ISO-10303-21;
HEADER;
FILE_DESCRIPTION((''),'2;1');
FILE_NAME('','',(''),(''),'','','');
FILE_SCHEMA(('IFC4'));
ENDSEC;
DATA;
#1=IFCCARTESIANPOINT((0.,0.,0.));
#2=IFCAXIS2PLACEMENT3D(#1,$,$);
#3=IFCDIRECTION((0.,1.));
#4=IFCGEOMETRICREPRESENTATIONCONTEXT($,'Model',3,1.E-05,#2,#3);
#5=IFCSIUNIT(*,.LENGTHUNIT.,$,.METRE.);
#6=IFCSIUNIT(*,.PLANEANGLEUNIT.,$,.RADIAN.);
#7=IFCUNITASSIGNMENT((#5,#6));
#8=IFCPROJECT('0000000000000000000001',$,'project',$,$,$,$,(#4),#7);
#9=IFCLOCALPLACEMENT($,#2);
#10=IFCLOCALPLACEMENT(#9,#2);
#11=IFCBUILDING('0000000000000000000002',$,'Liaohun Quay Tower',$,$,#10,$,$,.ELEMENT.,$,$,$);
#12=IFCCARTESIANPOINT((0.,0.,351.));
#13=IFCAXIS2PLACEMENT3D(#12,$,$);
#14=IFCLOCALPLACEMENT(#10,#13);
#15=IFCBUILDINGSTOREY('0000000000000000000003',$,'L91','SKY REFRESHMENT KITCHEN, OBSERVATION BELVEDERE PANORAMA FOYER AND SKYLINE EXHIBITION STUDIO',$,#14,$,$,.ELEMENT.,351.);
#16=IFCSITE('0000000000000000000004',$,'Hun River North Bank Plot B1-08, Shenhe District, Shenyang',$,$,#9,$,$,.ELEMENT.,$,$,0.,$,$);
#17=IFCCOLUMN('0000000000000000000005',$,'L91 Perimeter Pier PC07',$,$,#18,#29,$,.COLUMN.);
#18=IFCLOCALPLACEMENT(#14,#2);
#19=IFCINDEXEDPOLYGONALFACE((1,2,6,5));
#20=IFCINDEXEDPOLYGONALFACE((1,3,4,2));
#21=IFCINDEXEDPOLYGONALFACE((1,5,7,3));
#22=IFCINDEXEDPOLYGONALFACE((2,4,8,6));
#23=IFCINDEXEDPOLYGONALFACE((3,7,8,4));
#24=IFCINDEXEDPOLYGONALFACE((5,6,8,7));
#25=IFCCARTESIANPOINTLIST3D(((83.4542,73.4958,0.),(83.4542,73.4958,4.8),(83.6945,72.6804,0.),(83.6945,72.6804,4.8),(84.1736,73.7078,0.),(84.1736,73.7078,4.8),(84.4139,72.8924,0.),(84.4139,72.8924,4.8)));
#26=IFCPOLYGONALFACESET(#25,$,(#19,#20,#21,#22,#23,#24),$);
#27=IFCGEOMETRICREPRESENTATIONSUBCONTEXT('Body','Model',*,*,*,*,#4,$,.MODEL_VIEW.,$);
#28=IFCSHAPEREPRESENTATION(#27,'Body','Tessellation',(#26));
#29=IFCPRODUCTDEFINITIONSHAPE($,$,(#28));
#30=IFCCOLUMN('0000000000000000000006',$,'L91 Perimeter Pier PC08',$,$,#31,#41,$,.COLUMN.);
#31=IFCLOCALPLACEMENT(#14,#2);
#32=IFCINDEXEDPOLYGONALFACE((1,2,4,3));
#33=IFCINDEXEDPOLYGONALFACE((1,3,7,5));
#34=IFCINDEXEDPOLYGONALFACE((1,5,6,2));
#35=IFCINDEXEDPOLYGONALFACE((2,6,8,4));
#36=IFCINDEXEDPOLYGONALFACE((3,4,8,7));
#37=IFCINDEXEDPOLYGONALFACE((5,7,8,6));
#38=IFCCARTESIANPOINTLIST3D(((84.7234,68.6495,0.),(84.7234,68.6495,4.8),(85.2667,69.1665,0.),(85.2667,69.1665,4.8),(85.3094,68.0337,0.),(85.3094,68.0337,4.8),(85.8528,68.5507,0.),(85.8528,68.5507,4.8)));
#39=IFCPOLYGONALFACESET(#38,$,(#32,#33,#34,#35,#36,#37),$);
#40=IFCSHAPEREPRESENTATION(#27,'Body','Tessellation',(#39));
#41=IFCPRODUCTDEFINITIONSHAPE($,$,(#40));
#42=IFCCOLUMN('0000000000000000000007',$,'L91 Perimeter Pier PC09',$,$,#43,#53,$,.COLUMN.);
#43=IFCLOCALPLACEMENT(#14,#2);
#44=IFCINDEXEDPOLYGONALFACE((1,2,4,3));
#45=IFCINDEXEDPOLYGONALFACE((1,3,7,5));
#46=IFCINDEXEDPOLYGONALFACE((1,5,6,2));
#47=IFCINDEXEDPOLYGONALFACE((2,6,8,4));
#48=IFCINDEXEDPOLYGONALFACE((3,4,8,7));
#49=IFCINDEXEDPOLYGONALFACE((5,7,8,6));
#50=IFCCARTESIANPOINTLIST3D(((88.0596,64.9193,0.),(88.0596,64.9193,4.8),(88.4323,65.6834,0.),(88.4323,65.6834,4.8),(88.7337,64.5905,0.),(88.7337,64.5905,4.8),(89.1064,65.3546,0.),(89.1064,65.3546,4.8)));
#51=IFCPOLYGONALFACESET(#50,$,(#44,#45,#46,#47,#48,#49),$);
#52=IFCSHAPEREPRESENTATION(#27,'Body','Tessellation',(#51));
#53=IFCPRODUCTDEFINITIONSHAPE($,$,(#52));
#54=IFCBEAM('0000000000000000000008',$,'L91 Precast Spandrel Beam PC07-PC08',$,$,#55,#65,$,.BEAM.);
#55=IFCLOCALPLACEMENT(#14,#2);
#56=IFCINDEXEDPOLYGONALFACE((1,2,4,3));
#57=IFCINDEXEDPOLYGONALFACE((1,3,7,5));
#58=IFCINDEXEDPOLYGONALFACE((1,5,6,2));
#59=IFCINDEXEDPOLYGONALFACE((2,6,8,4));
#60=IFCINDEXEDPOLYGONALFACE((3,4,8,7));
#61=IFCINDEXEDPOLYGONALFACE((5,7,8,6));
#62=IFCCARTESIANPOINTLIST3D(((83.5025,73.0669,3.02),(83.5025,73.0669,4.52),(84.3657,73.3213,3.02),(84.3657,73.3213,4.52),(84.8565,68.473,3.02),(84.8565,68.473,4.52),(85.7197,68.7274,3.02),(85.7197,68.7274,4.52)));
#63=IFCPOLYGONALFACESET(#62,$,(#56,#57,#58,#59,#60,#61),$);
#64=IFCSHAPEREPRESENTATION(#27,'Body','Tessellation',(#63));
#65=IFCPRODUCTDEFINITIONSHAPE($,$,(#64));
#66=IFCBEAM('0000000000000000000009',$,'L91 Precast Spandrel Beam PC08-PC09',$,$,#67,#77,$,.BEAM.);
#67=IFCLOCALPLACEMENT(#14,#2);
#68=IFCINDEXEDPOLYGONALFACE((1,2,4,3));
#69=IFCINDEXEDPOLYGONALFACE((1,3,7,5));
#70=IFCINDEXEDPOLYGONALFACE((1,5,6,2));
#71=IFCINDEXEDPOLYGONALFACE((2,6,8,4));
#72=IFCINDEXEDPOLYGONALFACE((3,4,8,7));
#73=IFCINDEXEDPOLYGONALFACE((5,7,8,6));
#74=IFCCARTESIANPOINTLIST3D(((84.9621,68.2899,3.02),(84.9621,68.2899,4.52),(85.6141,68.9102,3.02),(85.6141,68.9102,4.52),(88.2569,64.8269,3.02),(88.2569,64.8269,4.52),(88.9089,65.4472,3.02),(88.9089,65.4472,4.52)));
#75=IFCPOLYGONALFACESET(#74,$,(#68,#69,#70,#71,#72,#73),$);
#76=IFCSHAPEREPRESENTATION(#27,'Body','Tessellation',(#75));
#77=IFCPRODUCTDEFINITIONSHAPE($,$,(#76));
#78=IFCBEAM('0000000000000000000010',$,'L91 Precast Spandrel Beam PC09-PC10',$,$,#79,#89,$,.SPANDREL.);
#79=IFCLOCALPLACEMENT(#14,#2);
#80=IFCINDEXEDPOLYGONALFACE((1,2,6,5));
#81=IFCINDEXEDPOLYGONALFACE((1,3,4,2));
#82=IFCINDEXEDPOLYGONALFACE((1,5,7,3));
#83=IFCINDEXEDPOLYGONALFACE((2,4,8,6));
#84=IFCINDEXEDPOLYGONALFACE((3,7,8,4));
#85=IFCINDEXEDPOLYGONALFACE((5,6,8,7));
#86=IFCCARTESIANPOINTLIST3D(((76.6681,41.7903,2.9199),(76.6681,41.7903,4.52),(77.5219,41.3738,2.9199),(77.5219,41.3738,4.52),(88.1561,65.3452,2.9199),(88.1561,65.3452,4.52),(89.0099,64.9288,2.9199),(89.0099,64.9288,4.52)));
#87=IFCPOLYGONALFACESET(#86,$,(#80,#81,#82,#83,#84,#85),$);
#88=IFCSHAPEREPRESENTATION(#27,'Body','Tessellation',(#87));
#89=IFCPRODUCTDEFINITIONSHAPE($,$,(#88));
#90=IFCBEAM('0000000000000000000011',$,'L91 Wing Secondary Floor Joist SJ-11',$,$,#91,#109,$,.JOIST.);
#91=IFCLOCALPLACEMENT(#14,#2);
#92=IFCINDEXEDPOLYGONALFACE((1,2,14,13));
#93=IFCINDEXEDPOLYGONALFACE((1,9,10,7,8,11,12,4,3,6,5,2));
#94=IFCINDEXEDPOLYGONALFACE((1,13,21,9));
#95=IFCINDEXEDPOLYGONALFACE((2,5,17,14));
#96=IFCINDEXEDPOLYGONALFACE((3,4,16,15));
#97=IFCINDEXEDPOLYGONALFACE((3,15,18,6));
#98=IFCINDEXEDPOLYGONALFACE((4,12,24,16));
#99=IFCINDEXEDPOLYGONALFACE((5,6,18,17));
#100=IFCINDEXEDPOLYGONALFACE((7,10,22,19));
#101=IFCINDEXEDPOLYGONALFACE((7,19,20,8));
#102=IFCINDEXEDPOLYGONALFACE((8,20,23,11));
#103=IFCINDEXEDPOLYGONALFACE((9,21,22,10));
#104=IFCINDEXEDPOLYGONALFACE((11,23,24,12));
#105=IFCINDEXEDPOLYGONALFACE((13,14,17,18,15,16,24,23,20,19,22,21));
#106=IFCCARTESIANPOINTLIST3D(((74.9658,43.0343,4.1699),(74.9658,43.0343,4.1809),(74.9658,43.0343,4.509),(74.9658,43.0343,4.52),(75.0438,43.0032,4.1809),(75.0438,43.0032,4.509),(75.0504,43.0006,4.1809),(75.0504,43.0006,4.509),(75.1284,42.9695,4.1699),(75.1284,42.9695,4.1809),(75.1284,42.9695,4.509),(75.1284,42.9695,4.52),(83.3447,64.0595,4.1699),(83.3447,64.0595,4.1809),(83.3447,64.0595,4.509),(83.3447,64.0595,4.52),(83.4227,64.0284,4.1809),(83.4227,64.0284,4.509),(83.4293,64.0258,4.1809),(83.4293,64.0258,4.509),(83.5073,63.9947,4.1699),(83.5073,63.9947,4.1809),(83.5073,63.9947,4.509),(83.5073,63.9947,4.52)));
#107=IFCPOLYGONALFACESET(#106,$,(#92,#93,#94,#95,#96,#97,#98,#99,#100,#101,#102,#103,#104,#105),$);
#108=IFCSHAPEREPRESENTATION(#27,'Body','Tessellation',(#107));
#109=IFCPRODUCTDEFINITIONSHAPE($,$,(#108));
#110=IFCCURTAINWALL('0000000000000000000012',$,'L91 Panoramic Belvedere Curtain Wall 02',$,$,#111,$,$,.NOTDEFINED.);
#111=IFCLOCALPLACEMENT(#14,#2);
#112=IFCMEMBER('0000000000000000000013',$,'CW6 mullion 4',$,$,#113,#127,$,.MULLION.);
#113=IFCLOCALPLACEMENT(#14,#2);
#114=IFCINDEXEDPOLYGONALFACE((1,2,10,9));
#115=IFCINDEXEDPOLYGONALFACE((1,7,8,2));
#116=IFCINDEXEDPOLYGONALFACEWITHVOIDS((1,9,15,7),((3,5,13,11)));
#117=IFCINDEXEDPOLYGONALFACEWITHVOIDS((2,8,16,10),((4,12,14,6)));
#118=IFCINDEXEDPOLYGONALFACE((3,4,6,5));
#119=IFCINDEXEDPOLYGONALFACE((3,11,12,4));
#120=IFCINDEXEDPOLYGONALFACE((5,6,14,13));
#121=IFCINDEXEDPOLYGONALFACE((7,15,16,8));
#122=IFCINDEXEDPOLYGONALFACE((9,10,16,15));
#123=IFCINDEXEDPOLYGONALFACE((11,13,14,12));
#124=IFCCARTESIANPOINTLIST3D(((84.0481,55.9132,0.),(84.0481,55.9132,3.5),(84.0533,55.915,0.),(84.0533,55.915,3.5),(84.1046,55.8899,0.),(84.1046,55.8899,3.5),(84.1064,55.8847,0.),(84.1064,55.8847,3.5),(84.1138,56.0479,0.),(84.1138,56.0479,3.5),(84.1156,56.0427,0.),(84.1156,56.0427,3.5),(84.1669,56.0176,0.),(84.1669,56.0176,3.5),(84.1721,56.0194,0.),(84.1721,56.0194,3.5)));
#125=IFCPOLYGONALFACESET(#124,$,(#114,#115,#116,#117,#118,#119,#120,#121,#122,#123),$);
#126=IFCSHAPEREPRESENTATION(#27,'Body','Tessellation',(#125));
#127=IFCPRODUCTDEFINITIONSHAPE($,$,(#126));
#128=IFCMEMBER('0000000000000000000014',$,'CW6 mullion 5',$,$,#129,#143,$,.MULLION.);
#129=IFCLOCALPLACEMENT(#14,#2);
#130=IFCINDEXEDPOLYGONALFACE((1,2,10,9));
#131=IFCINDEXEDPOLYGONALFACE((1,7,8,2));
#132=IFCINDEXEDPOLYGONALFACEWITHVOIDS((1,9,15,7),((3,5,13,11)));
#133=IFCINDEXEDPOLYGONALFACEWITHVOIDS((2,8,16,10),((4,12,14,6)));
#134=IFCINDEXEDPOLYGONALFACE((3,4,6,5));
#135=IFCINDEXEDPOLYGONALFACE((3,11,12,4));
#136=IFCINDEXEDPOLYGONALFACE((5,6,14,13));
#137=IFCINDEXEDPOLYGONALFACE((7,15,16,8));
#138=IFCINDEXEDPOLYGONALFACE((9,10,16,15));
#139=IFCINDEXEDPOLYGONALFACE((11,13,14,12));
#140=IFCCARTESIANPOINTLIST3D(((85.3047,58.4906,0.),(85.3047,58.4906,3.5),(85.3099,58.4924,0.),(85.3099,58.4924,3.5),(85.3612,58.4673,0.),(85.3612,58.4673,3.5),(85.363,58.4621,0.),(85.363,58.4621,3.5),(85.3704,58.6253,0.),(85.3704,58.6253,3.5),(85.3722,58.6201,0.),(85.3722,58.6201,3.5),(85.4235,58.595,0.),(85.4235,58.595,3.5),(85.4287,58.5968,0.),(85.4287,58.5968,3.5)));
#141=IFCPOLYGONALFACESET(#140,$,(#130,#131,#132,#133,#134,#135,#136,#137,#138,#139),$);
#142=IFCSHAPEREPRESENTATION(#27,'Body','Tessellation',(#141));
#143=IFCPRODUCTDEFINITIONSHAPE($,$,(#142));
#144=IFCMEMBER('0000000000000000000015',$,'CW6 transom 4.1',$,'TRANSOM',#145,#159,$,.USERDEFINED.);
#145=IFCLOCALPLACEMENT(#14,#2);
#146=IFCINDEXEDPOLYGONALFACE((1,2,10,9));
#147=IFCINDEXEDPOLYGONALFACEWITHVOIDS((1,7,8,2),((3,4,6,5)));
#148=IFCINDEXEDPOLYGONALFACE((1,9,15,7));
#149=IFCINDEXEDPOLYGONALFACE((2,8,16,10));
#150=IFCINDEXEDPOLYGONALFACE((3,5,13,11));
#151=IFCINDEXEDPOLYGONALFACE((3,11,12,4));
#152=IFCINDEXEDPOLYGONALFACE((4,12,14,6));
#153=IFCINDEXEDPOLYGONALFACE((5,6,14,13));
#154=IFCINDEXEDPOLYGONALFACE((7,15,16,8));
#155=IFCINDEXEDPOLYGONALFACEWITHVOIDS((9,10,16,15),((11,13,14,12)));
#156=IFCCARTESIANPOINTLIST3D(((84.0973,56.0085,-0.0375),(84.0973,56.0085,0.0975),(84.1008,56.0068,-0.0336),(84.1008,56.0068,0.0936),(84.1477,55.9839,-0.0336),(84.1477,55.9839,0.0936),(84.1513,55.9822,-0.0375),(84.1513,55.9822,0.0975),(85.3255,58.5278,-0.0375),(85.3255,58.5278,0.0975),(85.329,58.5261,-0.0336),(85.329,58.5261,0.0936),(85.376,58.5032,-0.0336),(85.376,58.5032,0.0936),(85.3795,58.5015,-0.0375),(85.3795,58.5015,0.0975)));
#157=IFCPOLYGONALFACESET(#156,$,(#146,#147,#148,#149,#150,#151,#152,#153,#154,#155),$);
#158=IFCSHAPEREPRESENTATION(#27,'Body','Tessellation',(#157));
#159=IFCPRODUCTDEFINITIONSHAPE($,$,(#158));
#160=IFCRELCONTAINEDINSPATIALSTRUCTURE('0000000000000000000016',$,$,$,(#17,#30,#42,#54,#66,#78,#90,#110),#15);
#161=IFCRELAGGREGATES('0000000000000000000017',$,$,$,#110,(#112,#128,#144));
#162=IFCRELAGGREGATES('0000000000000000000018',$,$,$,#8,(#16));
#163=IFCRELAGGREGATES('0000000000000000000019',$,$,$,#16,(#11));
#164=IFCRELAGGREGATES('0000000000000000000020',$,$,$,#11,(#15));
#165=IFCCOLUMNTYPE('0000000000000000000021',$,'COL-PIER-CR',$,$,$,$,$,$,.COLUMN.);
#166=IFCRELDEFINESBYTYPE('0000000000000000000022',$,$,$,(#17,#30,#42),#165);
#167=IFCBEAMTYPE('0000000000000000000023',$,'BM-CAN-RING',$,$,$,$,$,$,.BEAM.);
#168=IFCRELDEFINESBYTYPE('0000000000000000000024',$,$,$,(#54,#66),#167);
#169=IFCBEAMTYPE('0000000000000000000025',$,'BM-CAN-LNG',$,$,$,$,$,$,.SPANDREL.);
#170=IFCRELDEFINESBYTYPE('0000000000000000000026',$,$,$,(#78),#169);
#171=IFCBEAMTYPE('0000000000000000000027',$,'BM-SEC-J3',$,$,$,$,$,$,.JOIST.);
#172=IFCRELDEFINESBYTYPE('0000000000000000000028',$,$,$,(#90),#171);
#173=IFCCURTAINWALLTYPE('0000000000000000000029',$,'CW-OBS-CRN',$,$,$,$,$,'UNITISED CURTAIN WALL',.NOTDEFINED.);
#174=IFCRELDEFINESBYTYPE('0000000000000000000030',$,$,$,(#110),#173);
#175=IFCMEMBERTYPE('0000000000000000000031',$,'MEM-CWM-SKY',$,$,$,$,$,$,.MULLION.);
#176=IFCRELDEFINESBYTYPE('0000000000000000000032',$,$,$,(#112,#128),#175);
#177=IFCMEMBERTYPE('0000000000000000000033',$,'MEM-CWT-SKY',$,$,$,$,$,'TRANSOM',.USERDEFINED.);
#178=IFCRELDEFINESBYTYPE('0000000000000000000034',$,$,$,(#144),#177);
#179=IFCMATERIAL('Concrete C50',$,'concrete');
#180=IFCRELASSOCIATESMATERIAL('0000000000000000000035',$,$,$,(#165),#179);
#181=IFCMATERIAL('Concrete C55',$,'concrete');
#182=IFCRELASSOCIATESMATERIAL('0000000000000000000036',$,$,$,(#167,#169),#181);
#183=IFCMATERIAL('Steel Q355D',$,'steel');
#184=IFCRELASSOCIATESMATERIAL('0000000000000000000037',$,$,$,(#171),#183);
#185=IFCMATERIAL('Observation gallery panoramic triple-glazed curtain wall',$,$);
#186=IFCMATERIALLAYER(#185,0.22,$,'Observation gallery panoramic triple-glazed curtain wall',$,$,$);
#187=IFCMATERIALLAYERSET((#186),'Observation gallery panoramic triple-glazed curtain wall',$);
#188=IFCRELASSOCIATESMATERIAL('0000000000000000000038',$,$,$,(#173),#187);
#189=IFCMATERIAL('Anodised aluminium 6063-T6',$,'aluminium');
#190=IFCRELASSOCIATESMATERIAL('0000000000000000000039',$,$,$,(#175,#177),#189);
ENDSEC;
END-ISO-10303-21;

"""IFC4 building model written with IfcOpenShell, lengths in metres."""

from ifc_helpers import new_model, si_unit, direction, frame, origin, origin_2d, place, context, subcontext, project, spatial, rectangle, hollow_rectangle, i_section, extrude, source, transform, mapped, material, layer, layer_set, material_profile, profile_set, type_object, element, aggregate, save


model = new_model("IFC4")

# Units and contexts
model_context = context("Model", 3, precision=1e-05, world=origin(), true_north=direction((0.0, 1.0)))
body_context = subcontext(model_context, "Body", "Model", "MODEL_VIEW")
ifc_project = project(units=[si_unit("LENGTHUNIT", "METRE"), si_unit("PLANEANGLEUNIT", "RADIAN")], contexts=[model_context])

# Site, building, storey
site_placement = place(None, origin())
site = spatial("IfcSite", under=ifc_project, at=site_placement, Name="Hun River North Bank Plot B1-08, Shenhe District, Shenyang", CompositionType="ELEMENT", RefElevation=0.0)
building_placement = place(site_placement, origin())
building = spatial("IfcBuilding", under=site, at=building_placement, Name="Liaohun Quay Tower", CompositionType="ELEMENT")
storey_placement = place(building_placement, frame((0.0, 0.0, 351.0)))
storey = spatial("IfcBuildingStorey", under=building, at=storey_placement, Name="L91", Description="SKY REFRESHMENT KITCHEN, OBSERVATION BELVEDERE PANORAMA FOYER AND SKYLINE EXHIBITION STUDIO", CompositionType="ELEMENT", Elevation=351.0)

# Columns
ifc_material_1 = material(Name="Concrete C50", Category="concrete")
ifc_material_profile_1 = material_profile(ifc_material_1, rectangle(XDim=0.8501, YDim=0.75, at=origin_2d()), Name="RC850x750")
ifc_profile_set_1 = profile_set([ifc_material_profile_1], Name="Concrete C50")
column_type = type_object("IfcColumnType", Name="COL-PIER-CR", PredefinedType="COLUMN", material=ifc_profile_set_1)
shared_shape_1 = source(origin(), body_context, "Body", "SweptSolid", [
    extrude(rectangle(XDim=0.8501, YDim=0.75, at=origin_2d()), origin(), (0.0, 0.0, 1.0), 4.8),
])
for number, where, z_axis, x_axis, name in (
    (1, (83.9341, 73.1941, 0.0), (0.0, 0.0, 1.0), (-0.282676, 0.959215, 0.0), "L91 Perimeter Pier PC07"),
    (2, (85.2881, 68.6001, 0.0), (0.0, 0.0, 1.0), (-0.689367, 0.724413, 0.0), "L91 Perimeter Pier PC08"),
    (3, (88.583, 65.137, 0.0), (0.0, 0.0, 1.0), (0.438371, 0.898794, 0.0), "L91 Perimeter Pier PC09"),
):
    element("IfcColumn", number, at=place(storey_placement, frame(where, z_axis=z_axis, x_axis=x_axis)), inside=storey, type_object=column_type, Name=name, PredefinedType="COLUMN", context=body_context, shape_type="MappedRepresentation", body=[
        mapped(shared_shape_1, transform((0.0, 0.0, 0.0), x_axis=(1.0, 0.0, 0.0), y_axis=(0.0, 1.0, 0.0), z_axis=(0.0, 0.0, 1.0), scale=1.0)),
    ])

# Beams
ifc_material_2 = material(Name="Concrete C55", Category="concrete")
ifc_material_profile_2 = material_profile(ifc_material_2, rectangle(XDim=0.8999, YDim=1.5, at=origin_2d()), Name="RC900x1500")
ifc_profile_set_2 = profile_set([ifc_material_profile_2], Name="Concrete C55")
beam_type_1 = type_object("IfcBeamType", Name="BM-CAN-RING", PredefinedType="BEAM", material=ifc_profile_set_2)
shared_shape_2 = source(origin(), body_context, "Body", "SweptSolid", [
    extrude(rectangle(XDim=0.8999, YDim=1.5, at=origin_2d()), origin(), (0.0, 0.0, 1.0), 4.7893),
])
beam_1_placement = place(storey_placement, frame((83.9341, 73.1941, 3.77), z_axis=(0.28271, -0.959205, 0.0), x_axis=(0.959205, 0.28271, 0.0)))
element("IfcBeam", 4, at=beam_1_placement, inside=storey, type_object=beam_type_1, Name="L91 Precast Spandrel Beam PC07-PC08", PredefinedType="BEAM", context=body_context, shape_type="MappedRepresentation", body=[
    mapped(shared_shape_2, transform((0.0, 0.0, 0.0), x_axis=(1.0, 0.0, 0.0), y_axis=(0.0, 1.0, 0.0), z_axis=(0.0, 0.0, 1.0), scale=1.0)),
])
shared_shape_3 = source(origin(), body_context, "Body", "SweptSolid", [
    extrude(rectangle(XDim=0.8999, YDim=1.5, at=origin_2d()), origin(), (0.0, 0.0, 1.0), 4.78),
])
beam_2_placement = place(storey_placement, frame((85.2881, 68.6001, 3.77), z_axis=(0.689293, -0.724483, 0.0), x_axis=(0.724483, 0.689293, 0.0)))
element("IfcBeam", 5, at=beam_2_placement, inside=storey, type_object=beam_type_1, Name="L91 Precast Spandrel Beam PC08-PC09", PredefinedType="BEAM", context=body_context, shape_type="MappedRepresentation", body=[
    mapped(shared_shape_3, transform((0.0, 0.0, 0.0), x_axis=(1.0, 0.0, 0.0), y_axis=(0.0, 1.0, 0.0), z_axis=(0.0, 0.0, 1.0), scale=1.0)),
])
ifc_material_profile_3 = material_profile(ifc_material_2, rectangle(XDim=0.95, YDim=1.6001, at=origin_2d()), Name="RC950x1600")
ifc_profile_set_3 = profile_set([ifc_material_profile_3], Name="Concrete C55")
beam_type_2 = type_object("IfcBeamType", Name="BM-CAN-LNG", PredefinedType="SPANDREL", material=ifc_profile_set_3)
shared_shape_4 = source(origin(), body_context, "Body", "SweptSolid", [
    extrude(rectangle(XDim=0.95, YDim=1.6001, at=origin_2d()), origin(), (0.0, 0.0, 1.0), 26.207),
])
beam_3_placement = place(storey_placement, frame((88.583, 65.137, 3.72), z_axis=(-0.438357, -0.898801, 0.0), x_axis=(0.898801, -0.438357, 0.0)))
element("IfcBeam", 6, at=beam_3_placement, inside=storey, type_object=beam_type_2, Name="L91 Precast Spandrel Beam PC09-PC10", PredefinedType="SPANDREL", context=body_context, shape_type="MappedRepresentation", body=[
    mapped(shared_shape_4, transform((0.0, 0.0, 0.0), x_axis=(1.0, 0.0, 0.0), y_axis=(0.0, 1.0, 0.0), z_axis=(0.0, 0.0, 1.0), scale=1.0)),
])
ifc_material_3 = material(Name="Steel Q355D", Category="steel")
ifc_material_profile_4 = material_profile(ifc_material_3, i_section(OverallWidth=0.175, OverallDepth=0.3501, WebThickness=0.0071, FlangeThickness=0.011, at=origin_2d()), Name="HN350x175x7x11")
ifc_profile_set_4 = profile_set([ifc_material_profile_4], Name="Steel Q355D")
beam_type_3 = type_object("IfcBeamType", Name="BM-SEC-J3", PredefinedType="JOIST", material=ifc_profile_set_4)
shared_shape_5 = source(origin(), body_context, "Body", "SweptSolid", [
    extrude(i_section(OverallWidth=0.175, OverallDepth=0.3501, WebThickness=0.0071, FlangeThickness=0.011, at=origin_2d()), origin(), (0.0, 0.0, 1.0), 22.6333),
])
beam_4_placement = place(storey_placement, frame((83.426, 64.0271, 4.345), z_axis=(-0.370204, -0.928951, 0.0), x_axis=(0.928951, -0.370204, 0.0)))
element("IfcBeam", 7, at=beam_4_placement, inside=storey, type_object=beam_type_3, Name="L91 Wing Secondary Floor Joist SJ-11", PredefinedType="JOIST", context=body_context, shape_type="MappedRepresentation", body=[
    mapped(shared_shape_5, transform((0.0, 0.0, 0.0), x_axis=(1.0, 0.0, 0.0), y_axis=(0.0, 1.0, 0.0), z_axis=(0.0, 0.0, 1.0), scale=1.0)),
])

# Curtain wall, members
ifc_material_4 = material(Name="Observation gallery panoramic triple-glazed curtain wall")
ifc_layer_1 = layer(ifc_material_4, 0.22, Name="Observation gallery panoramic triple-glazed curtain wall")
ifc_layer_set_1 = layer_set([ifc_layer_1], Name="Observation gallery panoramic triple-glazed curtain wall")
curtain_wall_type = type_object("IfcCurtainWallType", Name="CW-OBS-CRN", ElementType="UNITISED CURTAIN WALL", PredefinedType="NOTDEFINED", material=ifc_layer_set_1)
curtain_wall_placement = place(storey_placement, origin())
curtain_wall = element("IfcCurtainWall", 8, at=curtain_wall_placement, inside=storey, type_object=curtain_wall_type, Name="L91 Panoramic Belvedere Curtain Wall 02", PredefinedType="NOTDEFINED")
ifc_material_5 = material(Name="Anodised aluminium 6063-T6", Category="aluminium")
ifc_material_profile_5 = material_profile(ifc_material_5, hollow_rectangle(XDim=0.0649, YDim=0.1499, WallThickness=0.0039, at=origin_2d()), Name="RHS150x65x4")
ifc_profile_set_5 = profile_set([ifc_material_profile_5], Name="Anodised aluminium 6063-T6")
member_type_1 = type_object("IfcMemberType", Name="MEM-CWM-SKY", PredefinedType="MULLION", material=ifc_profile_set_5)
shared_shape_6 = source(origin(), body_context, "Body", "SweptSolid", [
    extrude(hollow_rectangle(XDim=0.0649, YDim=0.1499, WallThickness=0.0039, at=origin_2d()), origin(), (0.0, 0.0, 1.0), 3.5),
])
member_1_placement = place(storey_placement, frame((84.1101, 55.9663, 0.0), z_axis=(0.0, 0.0, 1.0), x_axis=(-0.898848, 0.438261, 0.0)))
member_1 = element("IfcMember", 9, at=member_1_placement, type_object=member_type_1, Name="CW6 mullion 4", PredefinedType="MULLION", context=body_context, shape_type="MappedRepresentation", body=[
    mapped(shared_shape_6, transform((0.0, 0.0, 0.0), x_axis=(1.0, 0.0, 0.0), y_axis=(0.0, 1.0, 0.0), z_axis=(0.0, 0.0, 1.0), scale=1.0)),
])
member_2_placement = place(storey_placement, frame((85.3667, 58.5437, 0.0), z_axis=(0.0, 0.0, 1.0), x_axis=(-0.898848, 0.438261, 0.0)))
member_2 = element("IfcMember", 10, at=member_2_placement, type_object=member_type_1, Name="CW6 mullion 5", PredefinedType="MULLION", context=body_context, shape_type="MappedRepresentation", body=[
    mapped(shared_shape_6, transform((0.0, 0.0, 0.0), x_axis=(1.0, 0.0, 0.0), y_axis=(0.0, 1.0, 0.0), z_axis=(0.0, 0.0, 1.0), scale=1.0)),
])
ifc_material_profile_6 = material_profile(ifc_material_5, hollow_rectangle(XDim=0.0601, YDim=0.135, WallThickness=0.0039, at=origin_2d()), Name="RHS135x60x4")
ifc_profile_set_6 = profile_set([ifc_material_profile_6], Name="Anodised aluminium 6063-T6")
member_type_2 = type_object("IfcMemberType", Name="MEM-CWT-SKY", ElementType="TRANSOM", PredefinedType="USERDEFINED", material=ifc_profile_set_6)
shared_shape_7 = source(origin(), body_context, "Body", "SweptSolid", [
    extrude(hollow_rectangle(XDim=0.0601, YDim=0.135, WallThickness=0.0039, at=origin_2d()), origin(), (0.0, 0.0, 1.0), 2.8027),
])
member_3_placement = place(storey_placement, frame((84.1243, 55.9954, 0.03), z_axis=(0.438237, 0.89886, 0.0), x_axis=(-0.89886, 0.438237, 0.0)))
member_3 = element("IfcMember", 11, at=member_3_placement, type_object=member_type_2, Name="CW6 transom 4.1", ObjectType="TRANSOM", PredefinedType="USERDEFINED", context=body_context, shape_type="MappedRepresentation", body=[
    mapped(shared_shape_7, transform((0.0, 0.0, 0.0), x_axis=(1.0, 0.0, 0.0), y_axis=(0.0, 1.0, 0.0), z_axis=(0.0, 0.0, 1.0), scale=1.0)),
])
aggregate(curtain_wall, [member_1, member_2, member_3])

save(model, "model.ifc")
